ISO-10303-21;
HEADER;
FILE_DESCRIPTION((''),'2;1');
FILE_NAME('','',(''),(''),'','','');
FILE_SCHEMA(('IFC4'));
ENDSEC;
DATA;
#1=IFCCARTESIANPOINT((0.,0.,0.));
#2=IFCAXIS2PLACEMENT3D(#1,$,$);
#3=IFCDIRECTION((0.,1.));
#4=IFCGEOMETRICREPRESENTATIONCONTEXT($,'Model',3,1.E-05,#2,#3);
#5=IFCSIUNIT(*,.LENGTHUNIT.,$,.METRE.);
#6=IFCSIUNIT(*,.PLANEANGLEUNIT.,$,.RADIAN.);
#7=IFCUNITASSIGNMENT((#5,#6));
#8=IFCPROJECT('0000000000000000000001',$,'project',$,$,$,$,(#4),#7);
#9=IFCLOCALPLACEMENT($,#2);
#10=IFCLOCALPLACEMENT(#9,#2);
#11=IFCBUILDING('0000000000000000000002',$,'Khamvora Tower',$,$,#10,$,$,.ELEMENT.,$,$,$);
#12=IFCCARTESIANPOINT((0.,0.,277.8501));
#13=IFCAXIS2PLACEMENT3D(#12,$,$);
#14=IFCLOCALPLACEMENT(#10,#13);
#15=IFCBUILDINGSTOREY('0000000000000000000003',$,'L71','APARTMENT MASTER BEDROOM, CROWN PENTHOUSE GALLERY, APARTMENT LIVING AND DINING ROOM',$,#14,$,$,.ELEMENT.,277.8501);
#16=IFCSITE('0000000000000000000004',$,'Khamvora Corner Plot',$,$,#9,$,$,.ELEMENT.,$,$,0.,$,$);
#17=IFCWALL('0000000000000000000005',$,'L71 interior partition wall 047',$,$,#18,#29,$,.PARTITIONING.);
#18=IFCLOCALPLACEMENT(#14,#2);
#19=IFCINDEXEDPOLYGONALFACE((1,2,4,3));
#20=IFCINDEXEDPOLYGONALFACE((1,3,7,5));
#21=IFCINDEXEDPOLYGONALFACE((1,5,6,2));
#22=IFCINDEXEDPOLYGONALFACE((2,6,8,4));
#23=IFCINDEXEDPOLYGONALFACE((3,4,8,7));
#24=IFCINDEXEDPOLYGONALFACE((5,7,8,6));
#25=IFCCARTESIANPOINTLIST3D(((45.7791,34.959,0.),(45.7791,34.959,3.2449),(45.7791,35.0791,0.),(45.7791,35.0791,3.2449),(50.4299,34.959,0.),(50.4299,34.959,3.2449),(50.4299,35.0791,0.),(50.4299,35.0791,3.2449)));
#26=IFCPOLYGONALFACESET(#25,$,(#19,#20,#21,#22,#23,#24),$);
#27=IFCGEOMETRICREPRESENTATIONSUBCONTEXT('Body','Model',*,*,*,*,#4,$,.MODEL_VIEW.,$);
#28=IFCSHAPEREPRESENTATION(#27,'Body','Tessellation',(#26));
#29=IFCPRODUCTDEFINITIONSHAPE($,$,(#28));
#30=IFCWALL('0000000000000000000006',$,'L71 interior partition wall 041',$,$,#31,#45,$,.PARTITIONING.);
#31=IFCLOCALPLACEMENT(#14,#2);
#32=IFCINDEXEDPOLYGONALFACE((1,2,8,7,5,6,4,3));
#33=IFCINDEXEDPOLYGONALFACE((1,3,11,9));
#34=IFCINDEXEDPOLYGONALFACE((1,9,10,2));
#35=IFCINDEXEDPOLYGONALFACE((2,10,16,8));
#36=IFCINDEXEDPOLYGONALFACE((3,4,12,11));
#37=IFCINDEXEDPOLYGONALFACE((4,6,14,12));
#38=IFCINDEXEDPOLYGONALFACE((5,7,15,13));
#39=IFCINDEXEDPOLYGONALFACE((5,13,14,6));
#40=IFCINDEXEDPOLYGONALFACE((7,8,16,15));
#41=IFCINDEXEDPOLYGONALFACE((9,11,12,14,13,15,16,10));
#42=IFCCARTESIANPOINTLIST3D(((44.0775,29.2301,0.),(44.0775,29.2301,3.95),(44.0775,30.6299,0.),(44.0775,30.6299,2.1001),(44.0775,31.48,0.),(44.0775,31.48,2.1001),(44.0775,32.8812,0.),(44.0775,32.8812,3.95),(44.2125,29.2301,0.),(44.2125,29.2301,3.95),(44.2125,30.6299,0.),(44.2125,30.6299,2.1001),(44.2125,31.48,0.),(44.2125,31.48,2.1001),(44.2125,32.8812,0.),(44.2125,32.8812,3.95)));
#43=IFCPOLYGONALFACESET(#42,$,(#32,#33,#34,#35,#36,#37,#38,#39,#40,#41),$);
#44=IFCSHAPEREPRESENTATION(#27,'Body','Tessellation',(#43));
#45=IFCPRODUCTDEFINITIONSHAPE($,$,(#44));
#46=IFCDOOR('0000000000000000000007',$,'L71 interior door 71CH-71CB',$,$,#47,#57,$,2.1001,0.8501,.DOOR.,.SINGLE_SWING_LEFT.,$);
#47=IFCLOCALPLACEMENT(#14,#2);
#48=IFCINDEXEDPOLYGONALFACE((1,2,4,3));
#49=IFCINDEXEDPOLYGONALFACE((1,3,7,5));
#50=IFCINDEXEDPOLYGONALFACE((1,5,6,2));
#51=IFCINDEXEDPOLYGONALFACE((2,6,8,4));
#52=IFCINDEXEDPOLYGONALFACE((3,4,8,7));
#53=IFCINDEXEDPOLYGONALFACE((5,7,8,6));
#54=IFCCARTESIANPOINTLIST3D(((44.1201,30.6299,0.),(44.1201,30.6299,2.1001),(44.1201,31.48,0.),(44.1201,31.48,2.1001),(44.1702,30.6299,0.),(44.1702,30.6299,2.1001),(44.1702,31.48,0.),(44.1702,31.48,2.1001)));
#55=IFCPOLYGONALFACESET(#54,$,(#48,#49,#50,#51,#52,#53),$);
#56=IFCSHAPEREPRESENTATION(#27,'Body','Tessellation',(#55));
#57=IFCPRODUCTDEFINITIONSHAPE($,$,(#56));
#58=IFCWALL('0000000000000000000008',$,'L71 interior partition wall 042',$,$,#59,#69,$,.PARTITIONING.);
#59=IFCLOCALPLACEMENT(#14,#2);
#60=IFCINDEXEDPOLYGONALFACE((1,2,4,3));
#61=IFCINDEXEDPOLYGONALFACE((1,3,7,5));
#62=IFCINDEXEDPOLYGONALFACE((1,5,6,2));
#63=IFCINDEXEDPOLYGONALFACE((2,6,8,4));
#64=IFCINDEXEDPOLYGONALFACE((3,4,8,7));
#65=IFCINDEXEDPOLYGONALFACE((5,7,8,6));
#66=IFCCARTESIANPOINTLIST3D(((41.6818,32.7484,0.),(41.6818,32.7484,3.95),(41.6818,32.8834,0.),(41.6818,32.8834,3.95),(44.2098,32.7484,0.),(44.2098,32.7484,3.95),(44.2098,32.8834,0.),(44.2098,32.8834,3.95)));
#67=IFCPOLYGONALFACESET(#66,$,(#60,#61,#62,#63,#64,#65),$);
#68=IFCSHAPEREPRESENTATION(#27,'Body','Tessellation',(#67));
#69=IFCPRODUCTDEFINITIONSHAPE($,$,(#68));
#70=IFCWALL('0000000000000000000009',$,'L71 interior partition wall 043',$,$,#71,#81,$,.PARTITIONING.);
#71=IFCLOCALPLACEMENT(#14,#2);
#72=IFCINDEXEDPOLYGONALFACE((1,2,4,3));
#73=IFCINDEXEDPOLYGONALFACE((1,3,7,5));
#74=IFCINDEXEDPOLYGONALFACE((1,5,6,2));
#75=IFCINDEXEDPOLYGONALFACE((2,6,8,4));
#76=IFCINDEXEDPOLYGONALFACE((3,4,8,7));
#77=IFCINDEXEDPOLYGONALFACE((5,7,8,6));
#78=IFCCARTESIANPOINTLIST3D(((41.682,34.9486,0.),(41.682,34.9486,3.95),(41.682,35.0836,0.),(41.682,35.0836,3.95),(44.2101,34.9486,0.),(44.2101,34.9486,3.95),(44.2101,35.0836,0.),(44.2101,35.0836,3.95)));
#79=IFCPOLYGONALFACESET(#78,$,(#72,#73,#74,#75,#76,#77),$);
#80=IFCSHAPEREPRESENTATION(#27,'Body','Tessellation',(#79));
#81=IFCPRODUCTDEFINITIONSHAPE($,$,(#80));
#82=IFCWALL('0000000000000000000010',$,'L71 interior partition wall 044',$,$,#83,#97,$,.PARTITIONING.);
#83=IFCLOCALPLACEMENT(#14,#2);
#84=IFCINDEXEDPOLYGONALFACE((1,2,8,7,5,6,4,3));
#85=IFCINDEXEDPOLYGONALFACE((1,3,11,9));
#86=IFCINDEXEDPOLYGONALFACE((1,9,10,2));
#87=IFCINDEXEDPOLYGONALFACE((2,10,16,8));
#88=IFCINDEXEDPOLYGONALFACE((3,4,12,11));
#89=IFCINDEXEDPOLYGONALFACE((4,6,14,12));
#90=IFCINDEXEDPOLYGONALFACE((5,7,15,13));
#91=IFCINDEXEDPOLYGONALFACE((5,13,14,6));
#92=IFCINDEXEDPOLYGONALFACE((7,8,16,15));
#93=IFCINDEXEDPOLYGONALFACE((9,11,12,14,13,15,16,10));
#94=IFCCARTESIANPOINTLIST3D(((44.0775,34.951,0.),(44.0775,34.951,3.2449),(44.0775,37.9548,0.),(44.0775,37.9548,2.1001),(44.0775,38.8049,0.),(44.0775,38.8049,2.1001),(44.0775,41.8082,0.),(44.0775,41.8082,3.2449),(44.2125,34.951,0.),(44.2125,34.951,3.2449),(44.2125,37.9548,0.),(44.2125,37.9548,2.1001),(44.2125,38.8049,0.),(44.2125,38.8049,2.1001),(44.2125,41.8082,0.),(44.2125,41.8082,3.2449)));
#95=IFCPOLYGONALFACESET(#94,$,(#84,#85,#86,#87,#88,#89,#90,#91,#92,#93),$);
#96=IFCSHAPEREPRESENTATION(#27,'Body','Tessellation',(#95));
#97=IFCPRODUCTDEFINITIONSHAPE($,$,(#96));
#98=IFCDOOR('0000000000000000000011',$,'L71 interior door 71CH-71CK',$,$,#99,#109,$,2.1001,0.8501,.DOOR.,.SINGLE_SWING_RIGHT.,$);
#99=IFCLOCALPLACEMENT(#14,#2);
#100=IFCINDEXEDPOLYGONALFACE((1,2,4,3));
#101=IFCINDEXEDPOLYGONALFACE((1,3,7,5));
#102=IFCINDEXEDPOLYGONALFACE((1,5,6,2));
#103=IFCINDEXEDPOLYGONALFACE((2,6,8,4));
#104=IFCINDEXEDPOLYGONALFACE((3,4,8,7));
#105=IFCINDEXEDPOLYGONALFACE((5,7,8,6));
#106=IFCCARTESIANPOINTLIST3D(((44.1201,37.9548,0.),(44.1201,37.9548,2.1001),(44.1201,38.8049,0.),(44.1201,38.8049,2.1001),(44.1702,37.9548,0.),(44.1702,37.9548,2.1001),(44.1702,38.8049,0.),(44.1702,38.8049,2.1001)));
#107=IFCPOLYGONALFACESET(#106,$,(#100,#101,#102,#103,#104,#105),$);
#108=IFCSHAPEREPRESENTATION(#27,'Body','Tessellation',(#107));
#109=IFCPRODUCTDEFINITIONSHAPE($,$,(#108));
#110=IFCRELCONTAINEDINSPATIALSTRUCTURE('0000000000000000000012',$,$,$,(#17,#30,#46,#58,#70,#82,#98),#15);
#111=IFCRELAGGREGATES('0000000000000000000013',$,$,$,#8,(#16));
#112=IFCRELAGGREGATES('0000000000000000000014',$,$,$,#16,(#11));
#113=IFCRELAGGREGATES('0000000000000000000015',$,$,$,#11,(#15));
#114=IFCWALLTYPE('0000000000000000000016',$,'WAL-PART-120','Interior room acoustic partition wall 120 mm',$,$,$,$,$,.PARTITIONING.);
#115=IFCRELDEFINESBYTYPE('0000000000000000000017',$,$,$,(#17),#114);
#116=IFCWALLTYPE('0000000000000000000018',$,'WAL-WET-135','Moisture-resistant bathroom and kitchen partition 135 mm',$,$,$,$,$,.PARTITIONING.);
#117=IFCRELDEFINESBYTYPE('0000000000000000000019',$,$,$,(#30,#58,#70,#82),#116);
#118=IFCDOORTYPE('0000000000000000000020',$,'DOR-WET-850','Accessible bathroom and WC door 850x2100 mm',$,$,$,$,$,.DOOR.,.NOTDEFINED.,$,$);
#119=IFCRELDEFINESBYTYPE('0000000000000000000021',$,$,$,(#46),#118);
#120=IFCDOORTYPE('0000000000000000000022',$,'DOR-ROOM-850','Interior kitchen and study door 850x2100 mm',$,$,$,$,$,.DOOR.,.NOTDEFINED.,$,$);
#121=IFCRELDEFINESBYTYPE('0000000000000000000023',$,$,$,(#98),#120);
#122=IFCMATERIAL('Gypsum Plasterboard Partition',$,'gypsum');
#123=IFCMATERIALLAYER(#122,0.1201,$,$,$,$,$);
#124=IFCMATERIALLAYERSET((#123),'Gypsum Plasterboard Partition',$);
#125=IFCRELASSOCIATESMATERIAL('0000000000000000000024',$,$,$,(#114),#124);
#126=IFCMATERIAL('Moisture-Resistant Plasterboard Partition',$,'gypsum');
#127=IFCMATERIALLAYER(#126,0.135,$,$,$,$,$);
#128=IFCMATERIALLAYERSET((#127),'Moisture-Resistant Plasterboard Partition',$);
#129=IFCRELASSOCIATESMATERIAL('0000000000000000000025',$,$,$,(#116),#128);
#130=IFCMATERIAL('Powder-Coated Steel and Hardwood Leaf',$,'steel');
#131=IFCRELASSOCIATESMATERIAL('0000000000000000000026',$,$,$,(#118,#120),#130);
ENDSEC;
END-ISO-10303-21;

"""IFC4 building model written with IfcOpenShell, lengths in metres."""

from ifc_helpers import new_model, si_unit, direction, frame, frame_2d, origin, place, context, subcontext, project, spatial, rectangle, extrude, material, layer, layer_set, type_object, element, fill, save


model = new_model("IFC4")

# Units and contexts
model_context = context("Model", 3, precision=1e-05, world=origin(), true_north=direction((0.0, 1.0)))
body_context = subcontext(model_context, "Body", "Model", "MODEL_VIEW")
ifc_project = project(units=[si_unit("LENGTHUNIT", "METRE"), si_unit("PLANEANGLEUNIT", "RADIAN")], contexts=[model_context])

# Site, building, storey
site_placement = place(None, origin())
site = spatial("IfcSite", under=ifc_project, at=site_placement, Name="Khamvora Corner Plot", CompositionType="ELEMENT", RefElevation=0.0)
building_placement = place(site_placement, origin())
building = spatial("IfcBuilding", under=site, at=building_placement, Name="Khamvora Tower", CompositionType="ELEMENT")
storey_placement = place(building_placement, frame((0.0, 0.0, 277.8501)))
storey = spatial("IfcBuildingStorey", under=building, at=storey_placement, Name="L71", Description="APARTMENT MASTER BEDROOM, CROWN PENTHOUSE GALLERY, APARTMENT LIVING AND DINING ROOM", CompositionType="ELEMENT", Elevation=277.8501)

# Shared definitions
ifc_material_1 = material(Name="Powder-Coated Steel and Hardwood Leaf", Category="steel")

# Shared definitions
ifc_material_2 = material(Name="Gypsum Plasterboard Partition", Category="gypsum")
ifc_layer_1 = layer(ifc_material_2, 0.1201)
ifc_layer_set_1 = layer_set([ifc_layer_1], Name="Gypsum Plasterboard Partition")
wall_type_1 = type_object("IfcWallType", Name="WAL-PART-120", Description="Interior room acoustic partition wall 120 mm", PredefinedType="PARTITIONING", material=ifc_layer_set_1)

# Wall
wall_1_placement = place(storey_placement, frame((45.7791, 35.019, 0.0), z_axis=(0.0, 0.0, 1.0), x_axis=(1.0, 0.0, 0.0)))
element("IfcWall", 1, at=wall_1_placement, inside=storey, type_object=wall_type_1, Name="L71 interior partition wall 047", PredefinedType="PARTITIONING", context=body_context, shape_type="SweptSolid", body=[
    extrude(rectangle(XDim=4.6509, YDim=0.1201, at=frame_2d((2.3254, 0.0))), origin(), (0.0, 0.0, 1.0), 3.2449),
])

# Wall, opening, door
ifc_material_3 = material(Name="Moisture-Resistant Plasterboard Partition", Category="gypsum")
ifc_layer_2 = layer(ifc_material_3, 0.135)
ifc_layer_set_2 = layer_set([ifc_layer_2], Name="Moisture-Resistant Plasterboard Partition")
wall_type_2 = type_object("IfcWallType", Name="WAL-WET-135", Description="Moisture-resistant bathroom and kitchen partition 135 mm", PredefinedType="PARTITIONING", material=ifc_layer_set_2)
wall_2_placement = place(storey_placement, frame((44.145, 29.23, 0.0), z_axis=(0.0, 0.0, 1.0), x_axis=(0.0, 1.0, 0.0)))
wall_2 = element("IfcWall", 2, at=wall_2_placement, inside=storey, type_object=wall_type_2, Name="L71 interior partition wall 041", PredefinedType="PARTITIONING", context=body_context, shape_type="SweptSolid", body=[
    extrude(rectangle(XDim=3.6511, YDim=0.135, at=frame_2d((1.8257, 0.0))), origin(), (0.0, 0.0, 1.0), 3.95),
])
opening_1_placement = place(wall_2_placement, frame((1.3999, 0.0, 0.0)))
opening_1 = element("IfcOpeningElement", 3, at=opening_1_placement, cuts=wall_2, PredefinedType="OPENING", context=body_context, shape_type="SweptSolid", body=[
    extrude(rectangle(XDim=0.8501, YDim=2.1001, at=frame_2d((0.425, 1.05))), frame((0.0, 0.0774, 0.0), z_axis=(0.0, -1.0, 0.0), x_axis=(1.0, 0.0, 0.0)), (0.0, 0.0, 1.0), 0.155),
])
door_type_1 = type_object("IfcDoorType", Name="DOR-WET-850", Description="Accessible bathroom and WC door 850x2100 mm", OperationType="NOTDEFINED", PredefinedType="DOOR", material=ifc_material_1)
door_1_placement = place(opening_1_placement, origin())
door_1 = element("IfcDoor", 4, at=door_1_placement, inside=storey, type_object=door_type_1, Name="L71 interior door 71CH-71CB", OperationType="SINGLE_SWING_LEFT", OverallHeight=2.1001, OverallWidth=0.8501, PredefinedType="DOOR", context=body_context, shape_type="SweptSolid", body=[
    extrude(rectangle(XDim=0.8501, YDim=2.1001, at=frame_2d((0.425, 1.05))), frame((0.0, 0.0249, 0.0), z_axis=(0.0, -1.0, 0.0), x_axis=(1.0, 0.0, 0.0)), (0.0, 0.0, 1.0), 0.05),
])
fill(opening_1, door_1)

# Walls
for number, where, z_axis, x_axis, name in (
    (5, (44.21, 32.8159, 0.0), (0.0, 0.0, 1.0), (-1.0, 0.0, 0.0), "L71 interior partition wall 042"),
    (6, (41.6819, 35.0161, 0.0), (0.0, 0.0, 1.0), (1.0, 0.0, 0.0), "L71 interior partition wall 043"),
):
    element("IfcWall", number, at=place(storey_placement, frame(where, z_axis=z_axis, x_axis=x_axis)), inside=storey, type_object=wall_type_2, Name=name, PredefinedType="PARTITIONING", context=body_context, shape_type="SweptSolid", body=[
        extrude(rectangle(XDim=2.5281, YDim=0.135, at=frame_2d((1.2642, 0.0))), origin(), (0.0, 0.0, 1.0), 3.95),
    ])

# Wall, opening, door
wall_3_placement = place(storey_placement, frame((44.145, 34.9509, 0.0), z_axis=(0.0, 0.0, 1.0), x_axis=(0.0, 1.0, 0.0)))
wall_3 = element("IfcWall", 7, at=wall_3_placement, inside=storey, type_object=wall_type_2, Name="L71 interior partition wall 044", PredefinedType="PARTITIONING", context=body_context, shape_type="SweptSolid", body=[
    extrude(rectangle(XDim=6.8572, YDim=0.135, at=frame_2d((3.4287, 0.0))), origin(), (0.0, 0.0, 1.0), 3.2449),
])
opening_2_placement = place(wall_3_placement, frame((3.0039, 0.0, 0.0)))
opening_2 = element("IfcOpeningElement", 8, at=opening_2_placement, cuts=wall_3, PredefinedType="OPENING", context=body_context, shape_type="SweptSolid", body=[
    extrude(rectangle(XDim=0.8501, YDim=2.1001, at=frame_2d((0.425, 1.05))), frame((0.0, 0.0774, 0.0), z_axis=(0.0, -1.0, 0.0), x_axis=(1.0, 0.0, 0.0)), (0.0, 0.0, 1.0), 0.155),
])
door_type_2 = type_object("IfcDoorType", Name="DOR-ROOM-850", Description="Interior kitchen and study door 850x2100 mm", OperationType="NOTDEFINED", PredefinedType="DOOR", material=ifc_material_1)
door_2_placement = place(opening_2_placement, origin())
door_2 = element("IfcDoor", 9, at=door_2_placement, inside=storey, type_object=door_type_2, Name="L71 interior door 71CH-71CK", OperationType="SINGLE_SWING_RIGHT", OverallHeight=2.1001, OverallWidth=0.8501, PredefinedType="DOOR", context=body_context, shape_type="SweptSolid", body=[
    extrude(rectangle(XDim=0.8501, YDim=2.1001, at=frame_2d((0.425, 1.05))), frame((0.0, 0.0249, 0.0), z_axis=(0.0, -1.0, 0.0), x_axis=(1.0, 0.0, 0.0)), (0.0, 0.0, 1.0), 0.05),
])
fill(opening_2, door_2)

save(model, "model.ifc")
